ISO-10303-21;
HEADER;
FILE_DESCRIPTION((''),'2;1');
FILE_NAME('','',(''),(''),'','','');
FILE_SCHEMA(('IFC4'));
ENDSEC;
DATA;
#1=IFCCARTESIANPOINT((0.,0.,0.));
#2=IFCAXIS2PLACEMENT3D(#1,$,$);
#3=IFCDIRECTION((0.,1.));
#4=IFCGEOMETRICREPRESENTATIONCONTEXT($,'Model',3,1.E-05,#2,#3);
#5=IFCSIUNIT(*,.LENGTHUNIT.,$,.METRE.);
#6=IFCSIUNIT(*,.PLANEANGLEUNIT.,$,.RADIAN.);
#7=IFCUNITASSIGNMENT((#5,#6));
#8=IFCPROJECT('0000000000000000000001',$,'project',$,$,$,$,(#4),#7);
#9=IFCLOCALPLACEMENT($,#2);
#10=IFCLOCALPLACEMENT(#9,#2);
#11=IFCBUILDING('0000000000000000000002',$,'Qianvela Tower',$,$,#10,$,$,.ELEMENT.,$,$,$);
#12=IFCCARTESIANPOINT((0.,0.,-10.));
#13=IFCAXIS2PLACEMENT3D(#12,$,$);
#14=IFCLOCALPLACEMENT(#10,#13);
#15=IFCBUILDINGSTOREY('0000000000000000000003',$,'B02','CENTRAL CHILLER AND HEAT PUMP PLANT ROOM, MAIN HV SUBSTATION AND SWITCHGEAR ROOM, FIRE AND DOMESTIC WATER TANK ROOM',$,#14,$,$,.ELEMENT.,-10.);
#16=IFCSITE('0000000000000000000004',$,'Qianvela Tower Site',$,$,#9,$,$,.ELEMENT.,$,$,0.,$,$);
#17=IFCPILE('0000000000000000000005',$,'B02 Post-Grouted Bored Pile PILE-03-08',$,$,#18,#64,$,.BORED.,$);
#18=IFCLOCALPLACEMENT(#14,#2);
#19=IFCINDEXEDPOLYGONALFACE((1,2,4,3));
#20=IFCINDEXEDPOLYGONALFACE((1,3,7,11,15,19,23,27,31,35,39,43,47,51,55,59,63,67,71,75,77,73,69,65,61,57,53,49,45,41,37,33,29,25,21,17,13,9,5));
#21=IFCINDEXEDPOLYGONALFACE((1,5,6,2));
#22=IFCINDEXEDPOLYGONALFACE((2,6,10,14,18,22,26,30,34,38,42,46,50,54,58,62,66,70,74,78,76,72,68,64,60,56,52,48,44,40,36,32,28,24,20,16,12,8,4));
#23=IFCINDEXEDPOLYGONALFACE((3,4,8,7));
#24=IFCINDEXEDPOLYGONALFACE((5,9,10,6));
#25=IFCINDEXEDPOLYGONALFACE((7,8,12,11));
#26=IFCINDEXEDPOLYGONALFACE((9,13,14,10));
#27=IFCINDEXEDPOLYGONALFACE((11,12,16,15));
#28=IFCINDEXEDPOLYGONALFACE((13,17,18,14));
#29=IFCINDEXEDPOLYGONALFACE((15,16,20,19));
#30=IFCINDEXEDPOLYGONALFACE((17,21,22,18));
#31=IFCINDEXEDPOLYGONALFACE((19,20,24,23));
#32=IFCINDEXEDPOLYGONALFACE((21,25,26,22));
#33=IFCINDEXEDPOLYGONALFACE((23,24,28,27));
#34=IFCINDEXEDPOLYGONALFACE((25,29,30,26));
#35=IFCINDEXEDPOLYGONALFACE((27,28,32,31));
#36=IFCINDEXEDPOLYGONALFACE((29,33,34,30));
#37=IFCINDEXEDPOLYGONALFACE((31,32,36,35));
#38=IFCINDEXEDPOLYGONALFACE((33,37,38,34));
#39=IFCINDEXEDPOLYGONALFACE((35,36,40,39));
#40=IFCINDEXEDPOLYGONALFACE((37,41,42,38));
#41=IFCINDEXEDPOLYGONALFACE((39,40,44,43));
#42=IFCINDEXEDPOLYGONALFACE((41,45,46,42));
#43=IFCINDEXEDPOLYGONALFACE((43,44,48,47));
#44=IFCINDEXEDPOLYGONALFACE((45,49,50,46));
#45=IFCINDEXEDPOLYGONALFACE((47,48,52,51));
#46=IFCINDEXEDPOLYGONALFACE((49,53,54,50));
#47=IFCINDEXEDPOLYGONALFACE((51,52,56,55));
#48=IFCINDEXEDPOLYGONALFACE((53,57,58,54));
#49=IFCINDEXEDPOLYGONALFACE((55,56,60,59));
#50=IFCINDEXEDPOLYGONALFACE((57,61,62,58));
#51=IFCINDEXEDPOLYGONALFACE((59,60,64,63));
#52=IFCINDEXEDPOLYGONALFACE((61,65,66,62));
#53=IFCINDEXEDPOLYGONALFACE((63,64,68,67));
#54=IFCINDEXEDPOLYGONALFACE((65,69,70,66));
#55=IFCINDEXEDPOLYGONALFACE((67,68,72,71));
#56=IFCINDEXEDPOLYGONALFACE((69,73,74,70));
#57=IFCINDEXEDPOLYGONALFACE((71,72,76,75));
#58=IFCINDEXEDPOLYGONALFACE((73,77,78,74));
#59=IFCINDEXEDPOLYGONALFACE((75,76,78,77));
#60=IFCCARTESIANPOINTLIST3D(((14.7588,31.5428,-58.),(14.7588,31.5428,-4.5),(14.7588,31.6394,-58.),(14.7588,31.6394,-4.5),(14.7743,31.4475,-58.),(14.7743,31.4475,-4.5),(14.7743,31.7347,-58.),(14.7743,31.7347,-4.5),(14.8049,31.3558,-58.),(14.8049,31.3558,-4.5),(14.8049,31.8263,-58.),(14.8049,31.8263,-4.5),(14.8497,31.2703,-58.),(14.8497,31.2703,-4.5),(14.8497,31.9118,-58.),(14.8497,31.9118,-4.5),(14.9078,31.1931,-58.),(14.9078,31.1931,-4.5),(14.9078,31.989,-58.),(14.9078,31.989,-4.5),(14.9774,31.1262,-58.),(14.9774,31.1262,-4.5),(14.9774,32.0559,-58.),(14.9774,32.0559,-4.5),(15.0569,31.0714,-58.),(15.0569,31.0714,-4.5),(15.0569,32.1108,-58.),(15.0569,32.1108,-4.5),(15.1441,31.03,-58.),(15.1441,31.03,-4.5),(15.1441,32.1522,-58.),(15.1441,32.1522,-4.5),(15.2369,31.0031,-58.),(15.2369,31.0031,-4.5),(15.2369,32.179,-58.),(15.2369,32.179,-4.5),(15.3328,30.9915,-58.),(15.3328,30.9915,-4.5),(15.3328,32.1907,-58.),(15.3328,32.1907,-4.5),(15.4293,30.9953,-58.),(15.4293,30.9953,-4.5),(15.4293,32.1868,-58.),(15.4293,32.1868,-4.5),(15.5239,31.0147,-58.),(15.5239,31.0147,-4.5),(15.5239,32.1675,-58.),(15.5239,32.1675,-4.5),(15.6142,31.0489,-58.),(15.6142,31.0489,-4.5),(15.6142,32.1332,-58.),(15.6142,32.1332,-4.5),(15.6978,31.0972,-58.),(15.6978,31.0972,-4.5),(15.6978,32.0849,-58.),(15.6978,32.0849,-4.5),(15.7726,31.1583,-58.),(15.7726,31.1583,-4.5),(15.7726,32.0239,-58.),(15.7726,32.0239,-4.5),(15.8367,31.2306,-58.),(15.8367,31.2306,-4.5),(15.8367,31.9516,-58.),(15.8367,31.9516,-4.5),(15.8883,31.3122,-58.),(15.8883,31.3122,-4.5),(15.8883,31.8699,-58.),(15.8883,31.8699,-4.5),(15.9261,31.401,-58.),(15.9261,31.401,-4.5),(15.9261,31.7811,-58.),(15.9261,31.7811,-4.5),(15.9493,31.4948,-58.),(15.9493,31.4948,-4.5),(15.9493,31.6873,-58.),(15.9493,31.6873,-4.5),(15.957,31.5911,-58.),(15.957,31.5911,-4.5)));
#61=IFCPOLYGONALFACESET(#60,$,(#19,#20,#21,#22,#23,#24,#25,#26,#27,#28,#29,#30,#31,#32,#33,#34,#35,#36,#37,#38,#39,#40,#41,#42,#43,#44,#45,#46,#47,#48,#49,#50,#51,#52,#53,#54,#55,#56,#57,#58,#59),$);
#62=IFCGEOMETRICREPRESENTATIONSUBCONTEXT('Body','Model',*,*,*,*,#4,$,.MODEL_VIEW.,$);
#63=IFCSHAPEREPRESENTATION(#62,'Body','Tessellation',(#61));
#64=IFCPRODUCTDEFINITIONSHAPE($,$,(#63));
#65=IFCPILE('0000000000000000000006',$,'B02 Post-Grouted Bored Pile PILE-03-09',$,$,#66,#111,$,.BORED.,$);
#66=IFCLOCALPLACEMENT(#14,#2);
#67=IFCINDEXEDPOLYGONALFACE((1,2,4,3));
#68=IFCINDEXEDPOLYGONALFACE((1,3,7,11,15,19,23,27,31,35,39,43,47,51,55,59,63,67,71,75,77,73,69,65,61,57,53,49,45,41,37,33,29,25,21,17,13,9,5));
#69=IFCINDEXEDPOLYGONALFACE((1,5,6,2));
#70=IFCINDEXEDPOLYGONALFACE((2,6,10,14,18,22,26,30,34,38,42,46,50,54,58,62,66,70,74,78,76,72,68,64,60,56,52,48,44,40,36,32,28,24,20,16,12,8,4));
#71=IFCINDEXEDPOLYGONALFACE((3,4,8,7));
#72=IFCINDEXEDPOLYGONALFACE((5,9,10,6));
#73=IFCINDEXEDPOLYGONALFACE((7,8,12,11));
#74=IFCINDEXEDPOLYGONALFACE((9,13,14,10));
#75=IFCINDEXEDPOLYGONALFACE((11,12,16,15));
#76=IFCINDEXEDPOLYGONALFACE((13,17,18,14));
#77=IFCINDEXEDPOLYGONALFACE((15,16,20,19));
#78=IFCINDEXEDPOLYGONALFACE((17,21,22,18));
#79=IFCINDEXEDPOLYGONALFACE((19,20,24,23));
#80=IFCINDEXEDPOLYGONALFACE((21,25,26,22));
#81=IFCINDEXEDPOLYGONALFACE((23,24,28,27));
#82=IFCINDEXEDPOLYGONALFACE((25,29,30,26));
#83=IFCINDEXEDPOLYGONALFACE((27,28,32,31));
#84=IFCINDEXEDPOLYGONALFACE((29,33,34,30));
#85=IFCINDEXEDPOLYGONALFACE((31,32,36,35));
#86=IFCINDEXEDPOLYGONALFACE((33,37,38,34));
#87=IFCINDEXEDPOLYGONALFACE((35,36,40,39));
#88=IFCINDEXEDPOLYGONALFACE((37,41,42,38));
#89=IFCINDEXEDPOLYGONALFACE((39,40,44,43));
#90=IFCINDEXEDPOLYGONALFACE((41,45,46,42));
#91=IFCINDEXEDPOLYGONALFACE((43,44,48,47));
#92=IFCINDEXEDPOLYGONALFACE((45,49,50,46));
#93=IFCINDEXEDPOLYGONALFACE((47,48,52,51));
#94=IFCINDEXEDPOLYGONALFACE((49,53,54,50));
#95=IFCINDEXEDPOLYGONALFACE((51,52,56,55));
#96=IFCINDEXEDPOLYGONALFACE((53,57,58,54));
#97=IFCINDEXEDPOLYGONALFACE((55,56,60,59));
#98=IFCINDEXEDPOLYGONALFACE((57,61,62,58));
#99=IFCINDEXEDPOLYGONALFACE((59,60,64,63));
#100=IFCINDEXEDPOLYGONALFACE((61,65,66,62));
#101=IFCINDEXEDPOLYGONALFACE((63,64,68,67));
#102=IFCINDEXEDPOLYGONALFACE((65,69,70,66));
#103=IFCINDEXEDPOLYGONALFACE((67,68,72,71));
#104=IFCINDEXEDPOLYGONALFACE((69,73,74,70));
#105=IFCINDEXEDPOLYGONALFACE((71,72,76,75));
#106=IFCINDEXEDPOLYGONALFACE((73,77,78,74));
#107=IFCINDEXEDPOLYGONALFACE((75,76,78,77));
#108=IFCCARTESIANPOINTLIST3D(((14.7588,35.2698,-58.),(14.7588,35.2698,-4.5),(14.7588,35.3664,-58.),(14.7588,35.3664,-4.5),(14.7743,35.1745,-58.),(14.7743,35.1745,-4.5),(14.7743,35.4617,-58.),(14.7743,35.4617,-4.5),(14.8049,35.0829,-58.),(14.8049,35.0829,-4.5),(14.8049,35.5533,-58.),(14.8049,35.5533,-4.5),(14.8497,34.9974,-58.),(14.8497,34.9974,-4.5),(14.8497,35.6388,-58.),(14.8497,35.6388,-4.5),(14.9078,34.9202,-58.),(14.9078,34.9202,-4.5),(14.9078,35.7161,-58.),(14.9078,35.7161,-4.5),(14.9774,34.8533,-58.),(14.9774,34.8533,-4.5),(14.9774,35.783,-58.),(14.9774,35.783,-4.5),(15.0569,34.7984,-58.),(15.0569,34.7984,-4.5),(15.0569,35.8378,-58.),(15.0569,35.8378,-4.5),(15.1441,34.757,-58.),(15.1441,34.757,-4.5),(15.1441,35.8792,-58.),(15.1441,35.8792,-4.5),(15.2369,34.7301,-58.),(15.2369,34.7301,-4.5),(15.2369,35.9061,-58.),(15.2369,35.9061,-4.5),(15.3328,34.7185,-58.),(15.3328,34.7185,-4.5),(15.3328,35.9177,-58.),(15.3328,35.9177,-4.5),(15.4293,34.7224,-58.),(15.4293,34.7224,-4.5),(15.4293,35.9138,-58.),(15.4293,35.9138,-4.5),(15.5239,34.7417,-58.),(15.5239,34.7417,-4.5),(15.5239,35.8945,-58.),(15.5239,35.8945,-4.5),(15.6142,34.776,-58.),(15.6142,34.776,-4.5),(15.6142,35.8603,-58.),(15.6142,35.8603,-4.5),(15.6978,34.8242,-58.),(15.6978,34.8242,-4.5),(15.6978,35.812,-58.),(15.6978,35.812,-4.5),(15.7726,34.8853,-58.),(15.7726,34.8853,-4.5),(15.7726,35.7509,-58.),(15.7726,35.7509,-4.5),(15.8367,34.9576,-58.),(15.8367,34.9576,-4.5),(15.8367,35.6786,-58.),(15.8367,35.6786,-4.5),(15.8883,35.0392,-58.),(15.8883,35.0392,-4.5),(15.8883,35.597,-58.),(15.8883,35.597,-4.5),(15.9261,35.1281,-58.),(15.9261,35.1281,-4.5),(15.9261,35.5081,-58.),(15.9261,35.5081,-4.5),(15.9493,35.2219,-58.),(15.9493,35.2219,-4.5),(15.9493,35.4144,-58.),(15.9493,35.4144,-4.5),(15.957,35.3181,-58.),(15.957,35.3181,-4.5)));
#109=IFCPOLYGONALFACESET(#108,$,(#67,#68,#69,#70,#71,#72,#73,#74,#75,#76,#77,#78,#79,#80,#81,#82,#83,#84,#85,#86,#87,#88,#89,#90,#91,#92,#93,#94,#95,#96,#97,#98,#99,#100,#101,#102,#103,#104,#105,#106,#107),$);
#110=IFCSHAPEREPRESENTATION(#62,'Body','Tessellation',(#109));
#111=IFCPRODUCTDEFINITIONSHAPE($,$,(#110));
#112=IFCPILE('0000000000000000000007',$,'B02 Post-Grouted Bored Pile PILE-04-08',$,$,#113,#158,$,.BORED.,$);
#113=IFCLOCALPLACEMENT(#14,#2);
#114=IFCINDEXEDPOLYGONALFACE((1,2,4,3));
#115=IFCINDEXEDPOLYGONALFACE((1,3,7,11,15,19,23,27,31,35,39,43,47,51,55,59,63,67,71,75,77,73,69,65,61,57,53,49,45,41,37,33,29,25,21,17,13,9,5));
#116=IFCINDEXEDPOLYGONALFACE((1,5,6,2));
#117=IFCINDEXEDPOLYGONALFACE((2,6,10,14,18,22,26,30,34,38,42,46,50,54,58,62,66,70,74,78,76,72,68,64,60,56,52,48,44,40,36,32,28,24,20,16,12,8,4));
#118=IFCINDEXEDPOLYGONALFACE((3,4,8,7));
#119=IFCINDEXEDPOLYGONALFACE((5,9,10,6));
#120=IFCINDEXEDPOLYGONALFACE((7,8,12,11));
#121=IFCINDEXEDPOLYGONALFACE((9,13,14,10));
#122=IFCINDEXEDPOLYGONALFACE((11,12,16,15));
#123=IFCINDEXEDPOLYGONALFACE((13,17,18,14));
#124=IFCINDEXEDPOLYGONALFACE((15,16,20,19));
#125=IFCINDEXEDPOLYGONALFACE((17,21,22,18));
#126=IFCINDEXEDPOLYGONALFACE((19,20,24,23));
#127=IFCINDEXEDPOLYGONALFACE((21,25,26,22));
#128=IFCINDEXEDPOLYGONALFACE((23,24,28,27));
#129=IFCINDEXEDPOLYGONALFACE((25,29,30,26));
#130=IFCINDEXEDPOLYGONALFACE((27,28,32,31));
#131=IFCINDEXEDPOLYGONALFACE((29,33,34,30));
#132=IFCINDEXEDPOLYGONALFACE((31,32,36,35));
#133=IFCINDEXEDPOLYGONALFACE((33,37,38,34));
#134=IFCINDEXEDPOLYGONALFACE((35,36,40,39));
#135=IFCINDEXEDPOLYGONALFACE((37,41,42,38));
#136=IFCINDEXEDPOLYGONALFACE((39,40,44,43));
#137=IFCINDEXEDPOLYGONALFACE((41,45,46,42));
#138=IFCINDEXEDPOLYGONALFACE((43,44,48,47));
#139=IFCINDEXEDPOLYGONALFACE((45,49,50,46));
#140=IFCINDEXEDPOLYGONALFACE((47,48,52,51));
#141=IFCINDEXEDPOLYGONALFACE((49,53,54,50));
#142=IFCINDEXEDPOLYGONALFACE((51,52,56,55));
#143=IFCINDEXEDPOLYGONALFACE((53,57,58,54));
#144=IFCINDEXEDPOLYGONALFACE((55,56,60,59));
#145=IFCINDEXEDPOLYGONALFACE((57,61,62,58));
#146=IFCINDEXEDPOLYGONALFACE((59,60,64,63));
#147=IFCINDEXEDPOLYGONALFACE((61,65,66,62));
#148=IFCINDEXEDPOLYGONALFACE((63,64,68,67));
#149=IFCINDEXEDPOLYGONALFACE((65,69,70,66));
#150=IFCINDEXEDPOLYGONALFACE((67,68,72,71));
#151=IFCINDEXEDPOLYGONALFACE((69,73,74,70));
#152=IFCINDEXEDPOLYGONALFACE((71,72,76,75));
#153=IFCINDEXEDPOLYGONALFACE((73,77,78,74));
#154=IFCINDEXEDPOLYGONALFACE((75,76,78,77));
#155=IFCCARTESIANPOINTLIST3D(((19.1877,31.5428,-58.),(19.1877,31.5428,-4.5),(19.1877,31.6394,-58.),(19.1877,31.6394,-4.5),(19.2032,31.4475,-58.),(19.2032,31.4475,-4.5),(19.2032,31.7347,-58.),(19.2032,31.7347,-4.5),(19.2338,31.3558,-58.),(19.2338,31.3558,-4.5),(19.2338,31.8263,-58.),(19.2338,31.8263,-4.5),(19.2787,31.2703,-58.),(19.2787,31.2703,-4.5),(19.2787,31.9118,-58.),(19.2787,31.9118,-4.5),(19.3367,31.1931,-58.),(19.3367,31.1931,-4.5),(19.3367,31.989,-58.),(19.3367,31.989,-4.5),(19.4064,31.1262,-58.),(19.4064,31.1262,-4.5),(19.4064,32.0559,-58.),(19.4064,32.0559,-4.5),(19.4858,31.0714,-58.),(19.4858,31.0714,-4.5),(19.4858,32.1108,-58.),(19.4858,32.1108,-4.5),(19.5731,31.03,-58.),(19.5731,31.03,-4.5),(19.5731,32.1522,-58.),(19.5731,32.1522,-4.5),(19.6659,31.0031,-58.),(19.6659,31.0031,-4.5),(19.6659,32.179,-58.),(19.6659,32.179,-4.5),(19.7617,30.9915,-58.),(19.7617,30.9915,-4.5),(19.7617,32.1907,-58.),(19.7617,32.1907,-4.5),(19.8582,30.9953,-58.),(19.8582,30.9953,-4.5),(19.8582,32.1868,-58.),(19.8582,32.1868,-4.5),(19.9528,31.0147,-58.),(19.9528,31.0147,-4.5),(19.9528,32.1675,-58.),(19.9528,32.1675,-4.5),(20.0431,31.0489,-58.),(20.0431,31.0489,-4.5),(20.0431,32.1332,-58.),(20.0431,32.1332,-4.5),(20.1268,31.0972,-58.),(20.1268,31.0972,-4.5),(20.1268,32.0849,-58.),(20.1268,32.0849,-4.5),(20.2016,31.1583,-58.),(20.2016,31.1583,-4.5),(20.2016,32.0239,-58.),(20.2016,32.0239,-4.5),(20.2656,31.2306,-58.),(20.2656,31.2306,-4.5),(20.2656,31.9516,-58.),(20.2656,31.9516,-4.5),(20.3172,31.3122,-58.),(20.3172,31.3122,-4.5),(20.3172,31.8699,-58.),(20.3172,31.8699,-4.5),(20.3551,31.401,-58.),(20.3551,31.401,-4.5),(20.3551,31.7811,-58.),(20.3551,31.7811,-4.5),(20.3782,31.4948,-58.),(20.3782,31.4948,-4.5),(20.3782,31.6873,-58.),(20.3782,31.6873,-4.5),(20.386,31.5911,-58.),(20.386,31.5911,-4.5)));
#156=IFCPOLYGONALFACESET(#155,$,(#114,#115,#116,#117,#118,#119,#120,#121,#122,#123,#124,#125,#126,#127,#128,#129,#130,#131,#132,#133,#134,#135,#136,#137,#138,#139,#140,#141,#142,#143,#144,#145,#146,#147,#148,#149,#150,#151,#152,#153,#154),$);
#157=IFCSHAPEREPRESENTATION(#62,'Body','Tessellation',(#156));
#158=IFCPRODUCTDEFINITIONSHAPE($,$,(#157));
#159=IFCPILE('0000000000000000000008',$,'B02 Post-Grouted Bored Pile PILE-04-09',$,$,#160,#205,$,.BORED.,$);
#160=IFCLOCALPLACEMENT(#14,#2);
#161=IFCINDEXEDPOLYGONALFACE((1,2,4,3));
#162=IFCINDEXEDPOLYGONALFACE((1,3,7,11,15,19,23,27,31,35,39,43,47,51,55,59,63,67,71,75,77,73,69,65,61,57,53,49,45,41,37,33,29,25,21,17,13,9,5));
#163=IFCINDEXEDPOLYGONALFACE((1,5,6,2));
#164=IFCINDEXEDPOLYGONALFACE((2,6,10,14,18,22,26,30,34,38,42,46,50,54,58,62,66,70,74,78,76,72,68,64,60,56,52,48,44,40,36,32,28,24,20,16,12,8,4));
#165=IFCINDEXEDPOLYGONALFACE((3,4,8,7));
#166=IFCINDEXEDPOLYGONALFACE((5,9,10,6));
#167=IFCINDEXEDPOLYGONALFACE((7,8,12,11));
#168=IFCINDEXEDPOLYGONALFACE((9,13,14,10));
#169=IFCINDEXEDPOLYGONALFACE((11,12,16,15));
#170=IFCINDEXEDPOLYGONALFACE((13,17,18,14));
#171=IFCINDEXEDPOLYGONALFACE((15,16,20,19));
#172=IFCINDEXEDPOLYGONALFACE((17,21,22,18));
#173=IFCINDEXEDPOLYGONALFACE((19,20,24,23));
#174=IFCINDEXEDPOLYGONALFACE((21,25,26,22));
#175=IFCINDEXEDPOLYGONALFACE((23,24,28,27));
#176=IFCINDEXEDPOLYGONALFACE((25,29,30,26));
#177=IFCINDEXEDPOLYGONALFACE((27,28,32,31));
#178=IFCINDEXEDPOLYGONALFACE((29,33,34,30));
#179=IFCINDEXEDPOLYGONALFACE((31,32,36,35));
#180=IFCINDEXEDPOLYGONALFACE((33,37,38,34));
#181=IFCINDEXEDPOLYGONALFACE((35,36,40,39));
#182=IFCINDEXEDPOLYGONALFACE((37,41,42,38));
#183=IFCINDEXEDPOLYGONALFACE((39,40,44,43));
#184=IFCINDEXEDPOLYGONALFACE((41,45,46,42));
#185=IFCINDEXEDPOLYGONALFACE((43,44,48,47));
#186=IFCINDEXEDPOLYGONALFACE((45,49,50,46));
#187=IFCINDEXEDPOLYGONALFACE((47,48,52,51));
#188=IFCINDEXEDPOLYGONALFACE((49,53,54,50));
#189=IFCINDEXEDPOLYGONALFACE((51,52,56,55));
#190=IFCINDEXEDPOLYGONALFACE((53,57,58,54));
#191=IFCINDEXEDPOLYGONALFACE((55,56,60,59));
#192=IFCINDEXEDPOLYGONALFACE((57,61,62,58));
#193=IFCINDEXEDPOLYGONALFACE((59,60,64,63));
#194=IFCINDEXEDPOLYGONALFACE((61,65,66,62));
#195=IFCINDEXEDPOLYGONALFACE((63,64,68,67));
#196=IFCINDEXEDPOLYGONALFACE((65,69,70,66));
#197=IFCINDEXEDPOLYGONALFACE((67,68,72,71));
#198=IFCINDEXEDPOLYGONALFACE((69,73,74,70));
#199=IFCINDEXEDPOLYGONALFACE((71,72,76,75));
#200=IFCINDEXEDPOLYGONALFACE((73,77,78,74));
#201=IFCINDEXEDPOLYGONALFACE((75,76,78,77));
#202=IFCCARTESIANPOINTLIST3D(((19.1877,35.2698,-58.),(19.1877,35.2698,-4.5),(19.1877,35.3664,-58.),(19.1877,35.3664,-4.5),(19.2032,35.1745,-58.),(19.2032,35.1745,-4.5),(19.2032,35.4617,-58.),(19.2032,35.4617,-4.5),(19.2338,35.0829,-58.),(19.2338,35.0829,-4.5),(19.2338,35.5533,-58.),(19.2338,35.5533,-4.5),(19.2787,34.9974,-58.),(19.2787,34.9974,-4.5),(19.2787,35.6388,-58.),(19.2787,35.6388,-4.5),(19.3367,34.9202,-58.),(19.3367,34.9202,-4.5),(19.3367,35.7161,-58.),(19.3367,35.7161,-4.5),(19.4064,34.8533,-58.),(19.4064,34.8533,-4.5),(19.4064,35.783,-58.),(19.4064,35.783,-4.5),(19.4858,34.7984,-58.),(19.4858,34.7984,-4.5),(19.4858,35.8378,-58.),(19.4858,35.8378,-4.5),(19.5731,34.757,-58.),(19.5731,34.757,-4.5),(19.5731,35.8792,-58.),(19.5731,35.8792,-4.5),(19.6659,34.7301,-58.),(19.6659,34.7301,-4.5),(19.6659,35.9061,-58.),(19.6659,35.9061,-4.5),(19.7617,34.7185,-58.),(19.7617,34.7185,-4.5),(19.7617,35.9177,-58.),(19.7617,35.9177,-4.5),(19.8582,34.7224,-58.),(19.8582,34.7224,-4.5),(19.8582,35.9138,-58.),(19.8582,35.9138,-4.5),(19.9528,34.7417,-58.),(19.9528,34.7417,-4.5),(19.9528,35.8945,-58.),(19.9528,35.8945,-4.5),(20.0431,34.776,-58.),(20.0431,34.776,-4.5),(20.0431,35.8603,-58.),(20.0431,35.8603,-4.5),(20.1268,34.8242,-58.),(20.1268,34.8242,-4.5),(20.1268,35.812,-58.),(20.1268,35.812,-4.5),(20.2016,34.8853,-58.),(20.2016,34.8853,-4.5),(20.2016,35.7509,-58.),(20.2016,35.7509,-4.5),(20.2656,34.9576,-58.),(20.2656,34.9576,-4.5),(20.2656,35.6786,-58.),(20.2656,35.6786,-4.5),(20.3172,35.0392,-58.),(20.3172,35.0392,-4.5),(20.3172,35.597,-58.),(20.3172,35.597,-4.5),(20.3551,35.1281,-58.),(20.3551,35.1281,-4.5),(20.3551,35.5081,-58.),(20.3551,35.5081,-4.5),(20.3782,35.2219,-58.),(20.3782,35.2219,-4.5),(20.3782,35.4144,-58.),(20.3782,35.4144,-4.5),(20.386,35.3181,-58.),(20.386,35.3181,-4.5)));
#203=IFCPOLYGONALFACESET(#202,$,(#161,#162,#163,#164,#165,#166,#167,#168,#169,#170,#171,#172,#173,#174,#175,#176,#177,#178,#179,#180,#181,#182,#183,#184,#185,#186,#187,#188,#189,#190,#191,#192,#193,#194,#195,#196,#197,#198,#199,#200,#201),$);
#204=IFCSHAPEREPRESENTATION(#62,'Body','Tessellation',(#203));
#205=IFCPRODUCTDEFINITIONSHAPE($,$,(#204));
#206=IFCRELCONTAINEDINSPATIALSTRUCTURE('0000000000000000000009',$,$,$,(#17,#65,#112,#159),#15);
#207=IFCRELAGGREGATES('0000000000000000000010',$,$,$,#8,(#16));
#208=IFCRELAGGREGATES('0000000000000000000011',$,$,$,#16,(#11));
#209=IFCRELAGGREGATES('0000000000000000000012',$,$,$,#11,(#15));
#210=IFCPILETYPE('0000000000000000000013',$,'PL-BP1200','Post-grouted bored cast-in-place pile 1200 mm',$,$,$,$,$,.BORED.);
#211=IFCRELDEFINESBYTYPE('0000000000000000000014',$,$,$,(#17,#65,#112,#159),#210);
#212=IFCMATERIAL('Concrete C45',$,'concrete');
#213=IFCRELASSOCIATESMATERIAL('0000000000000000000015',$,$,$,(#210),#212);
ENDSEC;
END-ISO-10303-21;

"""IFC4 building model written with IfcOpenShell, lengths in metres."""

from ifc_helpers import new_model, si_unit, direction, frame, origin, origin_2d, place, context, subcontext, project, spatial, circle, extrude, material, material_profile, profile_set, type_object, element, save


model = new_model("IFC4")

# Units and contexts
model_context = context("Model", 3, precision=1e-05, world=origin(), true_north=direction((0.0, 1.0)))
body_context = subcontext(model_context, "Body", "Model", "MODEL_VIEW")
ifc_project = project(units=[si_unit("LENGTHUNIT", "METRE"), si_unit("PLANEANGLEUNIT", "RADIAN")], contexts=[model_context])

# Site, building, storey
site_placement = place(None, origin())
site = spatial("IfcSite", under=ifc_project, at=site_placement, Name="Qianvela Tower Site", CompositionType="ELEMENT", RefElevation=0.0)
building_placement = place(site_placement, origin())
building = spatial("IfcBuilding", under=site, at=building_placement, Name="Qianvela Tower", CompositionType="ELEMENT")
storey_placement = place(building_placement, frame((0.0, 0.0, -10.0)))
storey = spatial("IfcBuildingStorey", under=building, at=storey_placement, Name="B02", Description="CENTRAL CHILLER AND HEAT PUMP PLANT ROOM, MAIN HV SUBSTATION AND SWITCHGEAR ROOM, FIRE AND DOMESTIC WATER TANK ROOM", CompositionType="ELEMENT", Elevation=-10.0)

# Piles
ifc_material_1 = material(Name="Concrete C45", Category="concrete")
ifc_material_profile_1 = material_profile(ifc_material_1, circle(Radius=0.6001, at=origin_2d()), Name="BP-1200")
ifc_profile_set_1 = profile_set([ifc_material_profile_1], Name="Concrete C45")
pile_type_1 = type_object("IfcPileType", Name="PL-BP1200", Description="Post-grouted bored cast-in-place pile 1200 mm", PredefinedType="BORED", material=ifc_profile_set_1)
for number, where, z_axis, x_axis, name in (
    (1, (15.3569, 31.5911, -4.5), (0.0, 0.0, -1.0), (1.0, 0.0, 0.0), "B02 Post-Grouted Bored Pile PILE-03-08"),
    (2, (15.3569, 35.3181, -4.5), (0.0, 0.0, -1.0), (1.0, 0.0, 0.0), "B02 Post-Grouted Bored Pile PILE-03-09"),
    (3, (19.7859, 31.5911, -4.5), (0.0, 0.0, -1.0), (1.0, 0.0, 0.0), "B02 Post-Grouted Bored Pile PILE-04-08"),
    (4, (19.7859, 35.3181, -4.5), (0.0, 0.0, -1.0), (1.0, 0.0, 0.0), "B02 Post-Grouted Bored Pile PILE-04-09"),
):
    element("IfcPile", number, at=place(storey_placement, frame(where, z_axis=z_axis, x_axis=x_axis)), inside=storey, type_object=pile_type_1, Name=name, PredefinedType="BORED", context=body_context, shape_type="SweptSolid", body=[
        extrude(circle(Radius=0.6001, at=origin_2d()), origin(), (0.0, 0.0, 1.0), 53.5),
    ])

save(model, "model.ifc")
